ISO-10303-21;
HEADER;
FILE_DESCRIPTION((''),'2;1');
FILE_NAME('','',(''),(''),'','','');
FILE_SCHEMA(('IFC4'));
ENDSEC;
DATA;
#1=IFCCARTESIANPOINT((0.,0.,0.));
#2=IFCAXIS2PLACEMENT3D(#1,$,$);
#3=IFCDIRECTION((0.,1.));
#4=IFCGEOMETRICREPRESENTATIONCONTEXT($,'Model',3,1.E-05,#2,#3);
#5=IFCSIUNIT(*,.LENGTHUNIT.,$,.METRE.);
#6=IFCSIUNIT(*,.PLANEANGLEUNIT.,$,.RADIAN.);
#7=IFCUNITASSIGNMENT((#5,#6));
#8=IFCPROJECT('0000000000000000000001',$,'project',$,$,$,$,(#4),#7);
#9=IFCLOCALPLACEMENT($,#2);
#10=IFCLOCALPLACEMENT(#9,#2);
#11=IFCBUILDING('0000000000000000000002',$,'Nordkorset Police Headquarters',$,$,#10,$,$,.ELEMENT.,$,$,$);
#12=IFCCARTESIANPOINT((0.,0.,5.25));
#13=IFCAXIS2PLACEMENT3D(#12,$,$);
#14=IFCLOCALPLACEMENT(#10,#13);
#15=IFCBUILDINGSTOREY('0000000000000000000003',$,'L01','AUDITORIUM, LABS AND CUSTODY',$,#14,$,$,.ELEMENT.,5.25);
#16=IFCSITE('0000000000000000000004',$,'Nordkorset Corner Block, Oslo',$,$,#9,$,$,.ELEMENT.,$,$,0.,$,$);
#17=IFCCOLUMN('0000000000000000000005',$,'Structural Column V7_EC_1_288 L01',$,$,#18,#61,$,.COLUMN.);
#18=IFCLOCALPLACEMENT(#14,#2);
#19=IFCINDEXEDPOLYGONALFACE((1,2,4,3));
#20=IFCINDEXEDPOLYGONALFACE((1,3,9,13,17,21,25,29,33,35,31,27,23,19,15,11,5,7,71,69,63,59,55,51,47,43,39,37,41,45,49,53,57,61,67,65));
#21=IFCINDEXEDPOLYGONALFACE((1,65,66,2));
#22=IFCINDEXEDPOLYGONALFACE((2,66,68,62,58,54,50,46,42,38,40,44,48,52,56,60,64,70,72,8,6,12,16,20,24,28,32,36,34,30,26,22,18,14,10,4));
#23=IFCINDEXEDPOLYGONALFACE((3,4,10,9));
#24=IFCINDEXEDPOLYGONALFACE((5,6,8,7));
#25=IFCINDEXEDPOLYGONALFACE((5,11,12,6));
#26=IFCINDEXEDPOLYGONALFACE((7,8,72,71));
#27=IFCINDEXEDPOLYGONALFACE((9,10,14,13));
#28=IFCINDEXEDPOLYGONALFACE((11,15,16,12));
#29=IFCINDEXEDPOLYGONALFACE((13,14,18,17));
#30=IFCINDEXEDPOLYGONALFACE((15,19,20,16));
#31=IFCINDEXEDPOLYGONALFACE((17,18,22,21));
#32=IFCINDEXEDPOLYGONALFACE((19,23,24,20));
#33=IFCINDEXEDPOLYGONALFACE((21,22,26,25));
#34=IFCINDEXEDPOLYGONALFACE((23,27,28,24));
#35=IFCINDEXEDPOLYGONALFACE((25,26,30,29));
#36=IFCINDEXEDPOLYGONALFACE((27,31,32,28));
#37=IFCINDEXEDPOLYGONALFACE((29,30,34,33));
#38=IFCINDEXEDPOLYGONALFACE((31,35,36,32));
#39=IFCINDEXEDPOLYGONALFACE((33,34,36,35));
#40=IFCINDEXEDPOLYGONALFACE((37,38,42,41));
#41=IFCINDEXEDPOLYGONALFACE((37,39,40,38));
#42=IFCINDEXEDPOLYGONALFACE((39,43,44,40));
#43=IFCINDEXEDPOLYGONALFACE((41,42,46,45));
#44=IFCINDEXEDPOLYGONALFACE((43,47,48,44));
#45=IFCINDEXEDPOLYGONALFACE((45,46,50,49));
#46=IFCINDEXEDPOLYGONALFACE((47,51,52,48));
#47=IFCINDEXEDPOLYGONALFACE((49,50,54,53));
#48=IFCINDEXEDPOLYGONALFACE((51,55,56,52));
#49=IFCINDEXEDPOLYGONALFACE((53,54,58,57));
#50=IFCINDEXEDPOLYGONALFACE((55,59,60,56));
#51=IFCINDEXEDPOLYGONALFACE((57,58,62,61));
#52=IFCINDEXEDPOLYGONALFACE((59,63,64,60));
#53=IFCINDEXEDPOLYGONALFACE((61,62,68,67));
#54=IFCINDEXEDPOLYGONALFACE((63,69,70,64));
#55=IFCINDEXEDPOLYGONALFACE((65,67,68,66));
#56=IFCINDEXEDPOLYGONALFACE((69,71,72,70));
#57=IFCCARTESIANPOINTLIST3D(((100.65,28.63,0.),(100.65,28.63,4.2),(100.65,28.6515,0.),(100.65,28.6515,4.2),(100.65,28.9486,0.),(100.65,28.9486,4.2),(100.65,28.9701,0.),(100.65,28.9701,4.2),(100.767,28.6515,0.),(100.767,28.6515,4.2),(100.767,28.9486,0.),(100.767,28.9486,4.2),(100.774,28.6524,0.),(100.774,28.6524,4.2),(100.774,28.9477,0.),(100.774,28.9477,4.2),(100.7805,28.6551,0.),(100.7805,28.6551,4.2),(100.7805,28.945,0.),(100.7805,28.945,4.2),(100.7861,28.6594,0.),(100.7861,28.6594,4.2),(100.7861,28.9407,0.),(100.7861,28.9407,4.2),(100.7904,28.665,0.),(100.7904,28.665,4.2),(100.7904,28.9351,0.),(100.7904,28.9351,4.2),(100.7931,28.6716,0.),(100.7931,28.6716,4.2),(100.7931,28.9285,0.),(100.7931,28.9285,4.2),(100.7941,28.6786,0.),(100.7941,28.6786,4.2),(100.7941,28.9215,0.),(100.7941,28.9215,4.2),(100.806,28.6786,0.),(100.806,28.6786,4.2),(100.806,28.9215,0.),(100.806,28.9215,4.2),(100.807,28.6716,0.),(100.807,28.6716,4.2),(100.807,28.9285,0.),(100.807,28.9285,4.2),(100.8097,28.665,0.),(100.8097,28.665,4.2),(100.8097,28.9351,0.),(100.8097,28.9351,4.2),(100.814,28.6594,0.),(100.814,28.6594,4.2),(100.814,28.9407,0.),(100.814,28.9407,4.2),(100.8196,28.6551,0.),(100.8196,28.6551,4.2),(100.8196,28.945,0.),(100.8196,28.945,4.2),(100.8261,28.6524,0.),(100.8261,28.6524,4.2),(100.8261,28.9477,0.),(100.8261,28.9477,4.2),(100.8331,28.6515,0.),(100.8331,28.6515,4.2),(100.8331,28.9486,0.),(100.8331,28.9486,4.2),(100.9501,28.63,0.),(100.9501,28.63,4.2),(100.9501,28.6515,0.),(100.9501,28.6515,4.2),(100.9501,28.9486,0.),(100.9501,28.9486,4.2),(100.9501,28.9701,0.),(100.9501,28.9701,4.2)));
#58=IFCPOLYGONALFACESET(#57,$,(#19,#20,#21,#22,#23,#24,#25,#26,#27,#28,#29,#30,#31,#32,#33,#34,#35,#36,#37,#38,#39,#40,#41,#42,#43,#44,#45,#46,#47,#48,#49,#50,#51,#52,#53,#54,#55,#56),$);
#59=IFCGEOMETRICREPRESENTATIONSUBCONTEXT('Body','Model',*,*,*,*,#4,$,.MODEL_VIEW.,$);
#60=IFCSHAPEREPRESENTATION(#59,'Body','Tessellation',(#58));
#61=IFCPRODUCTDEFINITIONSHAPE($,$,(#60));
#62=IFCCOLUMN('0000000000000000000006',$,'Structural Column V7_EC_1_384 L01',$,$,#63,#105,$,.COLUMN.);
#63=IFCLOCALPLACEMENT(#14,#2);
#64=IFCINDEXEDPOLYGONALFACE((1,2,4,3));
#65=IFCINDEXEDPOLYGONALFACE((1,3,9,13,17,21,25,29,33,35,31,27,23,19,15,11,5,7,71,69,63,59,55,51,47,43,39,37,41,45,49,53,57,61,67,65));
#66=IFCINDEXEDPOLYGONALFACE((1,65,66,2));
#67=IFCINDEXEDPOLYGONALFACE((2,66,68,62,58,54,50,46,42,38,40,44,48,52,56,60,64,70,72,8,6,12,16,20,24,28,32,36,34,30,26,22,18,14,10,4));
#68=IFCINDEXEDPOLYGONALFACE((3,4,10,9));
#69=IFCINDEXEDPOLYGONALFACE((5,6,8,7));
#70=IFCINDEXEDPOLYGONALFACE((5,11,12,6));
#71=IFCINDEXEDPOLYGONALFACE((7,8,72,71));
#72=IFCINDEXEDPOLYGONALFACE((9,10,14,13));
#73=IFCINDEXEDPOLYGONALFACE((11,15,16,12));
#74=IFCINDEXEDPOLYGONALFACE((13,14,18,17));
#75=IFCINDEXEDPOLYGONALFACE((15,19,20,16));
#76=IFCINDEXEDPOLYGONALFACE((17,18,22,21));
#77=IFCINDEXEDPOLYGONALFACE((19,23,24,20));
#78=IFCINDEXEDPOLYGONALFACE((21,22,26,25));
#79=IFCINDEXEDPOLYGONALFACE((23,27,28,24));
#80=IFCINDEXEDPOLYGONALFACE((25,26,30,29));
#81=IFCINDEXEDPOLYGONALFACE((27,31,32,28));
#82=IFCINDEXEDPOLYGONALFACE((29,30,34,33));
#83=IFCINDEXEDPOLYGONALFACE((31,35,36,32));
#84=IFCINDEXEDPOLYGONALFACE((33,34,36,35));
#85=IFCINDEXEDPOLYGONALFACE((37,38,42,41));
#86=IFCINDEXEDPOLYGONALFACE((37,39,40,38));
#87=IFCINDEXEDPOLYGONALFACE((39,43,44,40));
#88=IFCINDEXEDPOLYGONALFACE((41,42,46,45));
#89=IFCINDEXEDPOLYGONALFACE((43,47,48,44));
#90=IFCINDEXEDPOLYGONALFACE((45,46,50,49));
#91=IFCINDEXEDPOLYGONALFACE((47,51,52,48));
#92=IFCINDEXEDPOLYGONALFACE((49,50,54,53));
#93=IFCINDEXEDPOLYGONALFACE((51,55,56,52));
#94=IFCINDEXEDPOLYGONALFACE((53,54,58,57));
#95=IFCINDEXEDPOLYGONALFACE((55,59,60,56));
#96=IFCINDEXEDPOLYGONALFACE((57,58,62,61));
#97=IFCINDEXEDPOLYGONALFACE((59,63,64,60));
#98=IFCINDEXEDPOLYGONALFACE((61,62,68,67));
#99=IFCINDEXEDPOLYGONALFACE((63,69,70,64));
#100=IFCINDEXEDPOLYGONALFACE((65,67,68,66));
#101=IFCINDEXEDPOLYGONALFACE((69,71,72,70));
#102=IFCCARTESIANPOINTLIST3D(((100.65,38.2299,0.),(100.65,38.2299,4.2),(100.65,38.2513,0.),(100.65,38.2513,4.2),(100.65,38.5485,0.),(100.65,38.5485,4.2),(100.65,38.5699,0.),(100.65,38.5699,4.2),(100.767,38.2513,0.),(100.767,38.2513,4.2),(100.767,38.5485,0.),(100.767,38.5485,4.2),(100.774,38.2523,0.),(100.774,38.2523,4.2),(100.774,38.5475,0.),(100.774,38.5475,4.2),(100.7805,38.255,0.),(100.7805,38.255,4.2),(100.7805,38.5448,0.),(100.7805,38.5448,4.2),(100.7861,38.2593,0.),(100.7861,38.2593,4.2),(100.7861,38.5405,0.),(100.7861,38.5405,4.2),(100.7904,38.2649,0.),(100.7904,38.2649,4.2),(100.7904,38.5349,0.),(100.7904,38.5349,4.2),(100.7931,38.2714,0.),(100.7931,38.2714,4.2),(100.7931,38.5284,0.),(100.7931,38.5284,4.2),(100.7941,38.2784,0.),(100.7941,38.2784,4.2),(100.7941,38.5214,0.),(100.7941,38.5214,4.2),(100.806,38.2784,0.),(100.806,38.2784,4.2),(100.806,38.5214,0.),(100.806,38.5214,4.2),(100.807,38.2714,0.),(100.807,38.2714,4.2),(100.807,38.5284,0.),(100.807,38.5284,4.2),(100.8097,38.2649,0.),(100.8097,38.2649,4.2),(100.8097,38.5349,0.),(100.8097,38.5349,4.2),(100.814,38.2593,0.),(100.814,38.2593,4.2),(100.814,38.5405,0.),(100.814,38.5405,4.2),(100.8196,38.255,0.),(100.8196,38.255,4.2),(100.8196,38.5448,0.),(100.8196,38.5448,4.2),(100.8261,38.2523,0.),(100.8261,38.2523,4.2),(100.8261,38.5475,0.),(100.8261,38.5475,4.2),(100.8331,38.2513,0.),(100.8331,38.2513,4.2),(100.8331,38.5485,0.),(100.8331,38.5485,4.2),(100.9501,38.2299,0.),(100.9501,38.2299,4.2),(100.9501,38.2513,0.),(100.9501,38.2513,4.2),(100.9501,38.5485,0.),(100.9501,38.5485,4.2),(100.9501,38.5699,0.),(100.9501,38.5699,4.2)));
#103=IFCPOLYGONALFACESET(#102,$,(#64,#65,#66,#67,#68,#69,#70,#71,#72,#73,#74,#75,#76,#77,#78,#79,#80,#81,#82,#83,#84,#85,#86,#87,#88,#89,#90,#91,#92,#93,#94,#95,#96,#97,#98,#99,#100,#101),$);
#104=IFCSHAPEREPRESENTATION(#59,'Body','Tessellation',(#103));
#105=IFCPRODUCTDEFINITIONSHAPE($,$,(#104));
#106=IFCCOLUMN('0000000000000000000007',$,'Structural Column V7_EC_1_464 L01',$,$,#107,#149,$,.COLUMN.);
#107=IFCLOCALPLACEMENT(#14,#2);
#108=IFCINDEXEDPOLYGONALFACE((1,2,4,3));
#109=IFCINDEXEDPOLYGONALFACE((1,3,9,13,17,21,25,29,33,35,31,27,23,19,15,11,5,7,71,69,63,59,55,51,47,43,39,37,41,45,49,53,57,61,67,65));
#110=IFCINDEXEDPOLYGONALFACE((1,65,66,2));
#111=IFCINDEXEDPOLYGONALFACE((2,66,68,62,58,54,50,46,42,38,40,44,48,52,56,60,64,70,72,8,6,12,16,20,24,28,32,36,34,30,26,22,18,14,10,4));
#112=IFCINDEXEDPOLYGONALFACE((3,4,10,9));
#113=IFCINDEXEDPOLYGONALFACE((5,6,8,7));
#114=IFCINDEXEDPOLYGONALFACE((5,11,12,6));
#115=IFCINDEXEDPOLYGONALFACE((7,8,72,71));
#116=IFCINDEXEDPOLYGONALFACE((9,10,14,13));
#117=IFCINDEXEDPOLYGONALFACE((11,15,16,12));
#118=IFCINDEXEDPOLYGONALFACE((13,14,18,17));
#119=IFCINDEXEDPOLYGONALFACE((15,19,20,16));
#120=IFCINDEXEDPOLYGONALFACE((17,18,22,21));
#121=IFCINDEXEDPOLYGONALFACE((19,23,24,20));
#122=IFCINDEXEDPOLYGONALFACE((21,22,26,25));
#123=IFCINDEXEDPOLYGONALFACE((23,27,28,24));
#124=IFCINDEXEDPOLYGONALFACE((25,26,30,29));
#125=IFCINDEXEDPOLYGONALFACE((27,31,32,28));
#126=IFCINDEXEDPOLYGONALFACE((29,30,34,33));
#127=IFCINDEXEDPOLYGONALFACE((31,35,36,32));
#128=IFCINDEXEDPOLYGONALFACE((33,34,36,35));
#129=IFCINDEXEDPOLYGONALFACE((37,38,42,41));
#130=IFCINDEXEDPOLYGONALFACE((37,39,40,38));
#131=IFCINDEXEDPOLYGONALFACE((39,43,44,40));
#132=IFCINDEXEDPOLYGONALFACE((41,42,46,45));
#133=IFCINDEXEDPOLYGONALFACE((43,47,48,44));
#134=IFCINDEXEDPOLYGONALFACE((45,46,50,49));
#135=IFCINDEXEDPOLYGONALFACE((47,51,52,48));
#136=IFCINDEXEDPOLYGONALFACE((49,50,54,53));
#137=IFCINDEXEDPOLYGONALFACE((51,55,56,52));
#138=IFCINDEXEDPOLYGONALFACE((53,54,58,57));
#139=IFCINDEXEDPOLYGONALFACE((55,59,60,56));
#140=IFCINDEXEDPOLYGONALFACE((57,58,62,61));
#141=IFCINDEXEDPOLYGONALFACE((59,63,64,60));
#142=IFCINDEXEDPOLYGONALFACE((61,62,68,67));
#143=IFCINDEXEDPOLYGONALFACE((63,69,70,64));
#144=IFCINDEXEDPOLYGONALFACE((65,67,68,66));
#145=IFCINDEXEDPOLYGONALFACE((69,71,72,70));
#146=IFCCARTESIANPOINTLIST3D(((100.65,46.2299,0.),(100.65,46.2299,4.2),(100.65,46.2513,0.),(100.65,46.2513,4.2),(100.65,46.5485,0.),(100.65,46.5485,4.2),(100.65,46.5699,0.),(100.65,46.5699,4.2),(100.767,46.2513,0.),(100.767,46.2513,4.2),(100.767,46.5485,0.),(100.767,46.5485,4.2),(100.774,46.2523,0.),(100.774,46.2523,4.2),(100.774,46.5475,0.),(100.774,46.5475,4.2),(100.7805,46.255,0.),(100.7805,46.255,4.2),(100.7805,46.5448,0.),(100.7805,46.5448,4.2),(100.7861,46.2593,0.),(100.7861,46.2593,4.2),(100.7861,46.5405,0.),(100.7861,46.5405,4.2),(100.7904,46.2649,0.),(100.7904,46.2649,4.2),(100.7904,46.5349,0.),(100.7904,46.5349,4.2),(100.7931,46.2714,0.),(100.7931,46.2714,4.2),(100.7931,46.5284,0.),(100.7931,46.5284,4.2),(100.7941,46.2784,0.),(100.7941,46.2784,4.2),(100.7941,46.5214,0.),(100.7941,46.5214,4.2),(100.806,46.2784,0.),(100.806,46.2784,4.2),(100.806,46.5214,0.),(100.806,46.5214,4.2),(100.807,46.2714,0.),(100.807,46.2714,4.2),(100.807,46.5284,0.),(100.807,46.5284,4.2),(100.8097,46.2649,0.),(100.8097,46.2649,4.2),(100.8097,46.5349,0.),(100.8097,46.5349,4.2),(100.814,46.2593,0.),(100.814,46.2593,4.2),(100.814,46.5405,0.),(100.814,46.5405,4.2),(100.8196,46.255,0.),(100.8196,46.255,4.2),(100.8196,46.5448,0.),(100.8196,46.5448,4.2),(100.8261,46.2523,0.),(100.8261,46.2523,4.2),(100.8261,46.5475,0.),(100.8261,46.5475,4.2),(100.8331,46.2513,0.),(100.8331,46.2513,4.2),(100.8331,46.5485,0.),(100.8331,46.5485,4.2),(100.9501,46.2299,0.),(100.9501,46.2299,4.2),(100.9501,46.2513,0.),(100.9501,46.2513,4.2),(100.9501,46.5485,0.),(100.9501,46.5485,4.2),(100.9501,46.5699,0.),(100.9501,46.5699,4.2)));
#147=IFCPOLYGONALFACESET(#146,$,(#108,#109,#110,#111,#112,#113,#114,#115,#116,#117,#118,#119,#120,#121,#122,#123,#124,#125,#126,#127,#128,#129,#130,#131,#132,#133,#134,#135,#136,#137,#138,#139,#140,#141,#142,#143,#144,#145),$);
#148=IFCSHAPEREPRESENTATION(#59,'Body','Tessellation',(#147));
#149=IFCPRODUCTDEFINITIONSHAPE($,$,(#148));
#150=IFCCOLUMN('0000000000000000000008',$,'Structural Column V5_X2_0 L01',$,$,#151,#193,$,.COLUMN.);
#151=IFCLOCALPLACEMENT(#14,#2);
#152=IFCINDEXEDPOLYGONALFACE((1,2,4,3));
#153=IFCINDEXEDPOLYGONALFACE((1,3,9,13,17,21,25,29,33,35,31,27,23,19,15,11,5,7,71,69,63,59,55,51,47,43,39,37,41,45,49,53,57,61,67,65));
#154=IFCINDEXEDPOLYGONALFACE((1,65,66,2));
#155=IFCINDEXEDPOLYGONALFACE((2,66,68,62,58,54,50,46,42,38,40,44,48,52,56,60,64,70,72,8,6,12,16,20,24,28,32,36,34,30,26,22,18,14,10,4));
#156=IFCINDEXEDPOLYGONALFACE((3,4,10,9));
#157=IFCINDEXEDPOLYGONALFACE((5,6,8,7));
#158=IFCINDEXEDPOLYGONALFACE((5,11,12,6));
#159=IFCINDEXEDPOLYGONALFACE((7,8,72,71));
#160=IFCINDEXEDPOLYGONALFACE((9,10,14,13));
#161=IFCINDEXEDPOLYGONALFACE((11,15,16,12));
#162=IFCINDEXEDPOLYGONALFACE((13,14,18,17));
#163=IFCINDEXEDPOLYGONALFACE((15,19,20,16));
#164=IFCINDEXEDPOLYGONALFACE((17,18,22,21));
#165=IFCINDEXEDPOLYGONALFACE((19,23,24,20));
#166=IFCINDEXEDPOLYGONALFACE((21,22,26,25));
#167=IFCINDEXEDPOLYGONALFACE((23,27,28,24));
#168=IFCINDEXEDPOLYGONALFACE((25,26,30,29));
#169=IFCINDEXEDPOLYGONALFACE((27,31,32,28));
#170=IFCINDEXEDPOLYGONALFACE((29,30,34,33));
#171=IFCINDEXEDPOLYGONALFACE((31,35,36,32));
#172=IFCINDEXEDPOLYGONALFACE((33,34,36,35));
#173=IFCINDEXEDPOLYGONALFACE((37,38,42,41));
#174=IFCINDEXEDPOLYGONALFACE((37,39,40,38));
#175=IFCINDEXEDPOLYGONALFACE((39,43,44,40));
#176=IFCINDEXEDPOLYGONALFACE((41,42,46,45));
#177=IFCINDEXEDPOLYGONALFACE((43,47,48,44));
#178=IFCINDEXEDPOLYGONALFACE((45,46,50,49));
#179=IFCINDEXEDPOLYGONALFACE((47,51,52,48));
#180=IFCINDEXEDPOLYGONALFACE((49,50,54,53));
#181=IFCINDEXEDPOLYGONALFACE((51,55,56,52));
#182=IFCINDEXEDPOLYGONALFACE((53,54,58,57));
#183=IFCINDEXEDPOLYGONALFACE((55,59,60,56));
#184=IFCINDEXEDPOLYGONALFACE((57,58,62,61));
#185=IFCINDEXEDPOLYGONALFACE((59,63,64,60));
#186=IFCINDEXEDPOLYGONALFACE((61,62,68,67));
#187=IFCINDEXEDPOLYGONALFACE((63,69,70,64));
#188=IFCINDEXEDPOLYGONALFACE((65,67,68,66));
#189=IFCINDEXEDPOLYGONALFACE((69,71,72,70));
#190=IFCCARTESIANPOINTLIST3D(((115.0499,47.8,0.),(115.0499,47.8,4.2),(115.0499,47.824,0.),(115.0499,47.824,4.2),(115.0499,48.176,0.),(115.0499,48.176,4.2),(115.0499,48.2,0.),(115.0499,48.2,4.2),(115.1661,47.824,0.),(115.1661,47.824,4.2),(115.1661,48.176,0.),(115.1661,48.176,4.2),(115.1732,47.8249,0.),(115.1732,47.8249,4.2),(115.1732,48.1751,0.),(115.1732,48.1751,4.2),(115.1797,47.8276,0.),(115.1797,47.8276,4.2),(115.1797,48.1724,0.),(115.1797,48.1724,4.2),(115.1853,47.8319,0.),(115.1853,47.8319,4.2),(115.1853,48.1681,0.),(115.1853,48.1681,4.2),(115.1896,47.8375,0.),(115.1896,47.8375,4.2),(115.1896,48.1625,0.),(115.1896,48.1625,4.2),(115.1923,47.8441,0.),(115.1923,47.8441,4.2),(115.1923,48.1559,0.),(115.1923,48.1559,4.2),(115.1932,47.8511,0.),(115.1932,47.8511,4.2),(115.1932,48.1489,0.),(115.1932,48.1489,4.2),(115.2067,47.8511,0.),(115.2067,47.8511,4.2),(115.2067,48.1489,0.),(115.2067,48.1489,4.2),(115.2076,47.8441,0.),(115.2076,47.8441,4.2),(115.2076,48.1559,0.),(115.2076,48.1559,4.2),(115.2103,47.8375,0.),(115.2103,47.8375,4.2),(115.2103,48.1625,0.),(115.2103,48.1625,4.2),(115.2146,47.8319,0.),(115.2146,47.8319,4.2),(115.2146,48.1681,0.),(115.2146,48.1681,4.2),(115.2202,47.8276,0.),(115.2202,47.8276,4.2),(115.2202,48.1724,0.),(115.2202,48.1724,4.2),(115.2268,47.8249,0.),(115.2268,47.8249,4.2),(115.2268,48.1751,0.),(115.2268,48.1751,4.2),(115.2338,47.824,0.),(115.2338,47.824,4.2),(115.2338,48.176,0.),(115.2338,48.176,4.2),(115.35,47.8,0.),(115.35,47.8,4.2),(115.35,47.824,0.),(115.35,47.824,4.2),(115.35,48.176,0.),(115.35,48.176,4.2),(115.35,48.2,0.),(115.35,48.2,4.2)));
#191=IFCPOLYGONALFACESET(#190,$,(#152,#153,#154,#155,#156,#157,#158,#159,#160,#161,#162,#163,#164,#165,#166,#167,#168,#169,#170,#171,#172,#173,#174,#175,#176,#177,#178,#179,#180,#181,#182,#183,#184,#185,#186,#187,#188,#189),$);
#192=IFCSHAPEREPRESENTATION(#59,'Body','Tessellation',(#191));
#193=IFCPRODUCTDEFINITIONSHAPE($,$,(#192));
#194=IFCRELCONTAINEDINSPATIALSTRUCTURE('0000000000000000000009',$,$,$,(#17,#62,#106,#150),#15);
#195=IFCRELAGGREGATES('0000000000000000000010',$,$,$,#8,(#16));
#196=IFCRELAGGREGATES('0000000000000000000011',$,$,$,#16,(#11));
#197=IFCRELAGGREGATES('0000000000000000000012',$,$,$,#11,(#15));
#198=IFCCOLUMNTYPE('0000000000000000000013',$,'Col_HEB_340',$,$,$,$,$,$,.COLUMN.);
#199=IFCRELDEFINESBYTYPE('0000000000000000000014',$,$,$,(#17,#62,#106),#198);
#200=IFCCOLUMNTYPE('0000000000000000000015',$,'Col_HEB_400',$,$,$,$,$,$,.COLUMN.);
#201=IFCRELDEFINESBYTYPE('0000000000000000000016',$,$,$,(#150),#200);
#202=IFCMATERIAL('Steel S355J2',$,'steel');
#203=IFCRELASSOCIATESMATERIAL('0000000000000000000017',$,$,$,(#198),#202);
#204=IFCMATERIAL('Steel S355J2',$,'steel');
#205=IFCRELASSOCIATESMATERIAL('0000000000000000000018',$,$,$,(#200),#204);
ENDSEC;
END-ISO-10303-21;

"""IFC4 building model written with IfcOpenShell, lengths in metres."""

from ifc_helpers import new_model, si_unit, direction, frame, origin, origin_2d, place, context, subcontext, project, spatial, i_section, extrude, material, material_profile, profile_set, type_object, element, save


model = new_model("IFC4")

# Units and contexts
model_context = context("Model", 3, precision=1e-05, world=origin(), true_north=direction((0.0, 1.0)))
body_context = subcontext(model_context, "Body", "Model", "MODEL_VIEW")
ifc_project = project(units=[si_unit("LENGTHUNIT", "METRE"), si_unit("PLANEANGLEUNIT", "RADIAN")], contexts=[model_context])

# Site, building, storey
site_placement = place(None, origin())
site = spatial("IfcSite", under=ifc_project, at=site_placement, Name="Nordkorset Corner Block, Oslo", CompositionType="ELEMENT", RefElevation=0.0)
building_placement = place(site_placement, origin())
building = spatial("IfcBuilding", under=site, at=building_placement, Name="Nordkorset Police Headquarters", CompositionType="ELEMENT")
storey_placement = place(building_placement, frame((0.0, 0.0, 5.25)))
storey = spatial("IfcBuildingStorey", under=building, at=storey_placement, Name="L01", Description="AUDITORIUM, LABS AND CUSTODY", CompositionType="ELEMENT", Elevation=5.25)

# Columns
ifc_material_1 = material(Name="Steel S355J2", Category="steel")
ifc_material_profile_1 = material_profile(ifc_material_1, i_section(OverallWidth=0.3, OverallDepth=0.3401, WebThickness=0.012, FlangeThickness=0.0215, FilletRadius=0.0271, at=origin_2d()), Name="HEB 340")
ifc_profile_set_1 = profile_set([ifc_material_profile_1], Name="Steel S355J2")
column_type_1 = type_object("IfcColumnType", Name="Col_HEB_340", PredefinedType="COLUMN", material=ifc_profile_set_1)
for number, where, z_axis, x_axis, name in (
    (1, (100.8, 28.8, 0.0), (0.0, 0.0, 1.0), (1.0, 0.0, 0.0), "Structural Column V7_EC_1_288 L01"),
    (2, (100.8, 38.3999, 0.0), (0.0, 0.0, 1.0), (1.0, 0.0, 0.0), "Structural Column V7_EC_1_384 L01"),
    (3, (100.8, 46.3999, 0.0), (0.0, 0.0, 1.0), (1.0, 0.0, 0.0), "Structural Column V7_EC_1_464 L01"),
):
    element("IfcColumn", number, at=place(storey_placement, frame(where, z_axis=z_axis, x_axis=x_axis)), inside=storey, type_object=column_type_1, Name=name, PredefinedType="COLUMN", context=body_context, shape_type="SweptSolid", body=[
        extrude(i_section(OverallWidth=0.3, OverallDepth=0.3401, WebThickness=0.012, FlangeThickness=0.0215, FilletRadius=0.0271, at=origin_2d()), origin(), (0.0, 0.0, 1.0), 4.2),
    ])
ifc_material_2 = material(Name="Steel S355J2", Category="steel")
ifc_material_profile_2 = material_profile(ifc_material_2, i_section(OverallWidth=0.3, OverallDepth=0.3999, WebThickness=0.0134, FlangeThickness=0.0239, FilletRadius=0.0271, at=origin_2d()), Name="HEB 400")
ifc_profile_set_2 = profile_set([ifc_material_profile_2], Name="Steel S355J2")
column_type_2 = type_object("IfcColumnType", Name="Col_HEB_400", PredefinedType="COLUMN", material=ifc_profile_set_2)
column_placement = place(storey_placement, frame((115.2, 48.0, 0.0), z_axis=(0.0, 0.0, 1.0), x_axis=(1.0, 0.0, 0.0)))
element("IfcColumn", 4, at=column_placement, inside=storey, type_object=column_type_2, Name="Structural Column V5_X2_0 L01", PredefinedType="COLUMN", context=body_context, shape_type="SweptSolid", body=[
    extrude(i_section(OverallWidth=0.3, OverallDepth=0.3999, WebThickness=0.0134, FlangeThickness=0.0239, FilletRadius=0.0271, at=origin_2d()), origin(), (0.0, 0.0, 1.0), 4.2),
])

save(model, "model.ifc")
